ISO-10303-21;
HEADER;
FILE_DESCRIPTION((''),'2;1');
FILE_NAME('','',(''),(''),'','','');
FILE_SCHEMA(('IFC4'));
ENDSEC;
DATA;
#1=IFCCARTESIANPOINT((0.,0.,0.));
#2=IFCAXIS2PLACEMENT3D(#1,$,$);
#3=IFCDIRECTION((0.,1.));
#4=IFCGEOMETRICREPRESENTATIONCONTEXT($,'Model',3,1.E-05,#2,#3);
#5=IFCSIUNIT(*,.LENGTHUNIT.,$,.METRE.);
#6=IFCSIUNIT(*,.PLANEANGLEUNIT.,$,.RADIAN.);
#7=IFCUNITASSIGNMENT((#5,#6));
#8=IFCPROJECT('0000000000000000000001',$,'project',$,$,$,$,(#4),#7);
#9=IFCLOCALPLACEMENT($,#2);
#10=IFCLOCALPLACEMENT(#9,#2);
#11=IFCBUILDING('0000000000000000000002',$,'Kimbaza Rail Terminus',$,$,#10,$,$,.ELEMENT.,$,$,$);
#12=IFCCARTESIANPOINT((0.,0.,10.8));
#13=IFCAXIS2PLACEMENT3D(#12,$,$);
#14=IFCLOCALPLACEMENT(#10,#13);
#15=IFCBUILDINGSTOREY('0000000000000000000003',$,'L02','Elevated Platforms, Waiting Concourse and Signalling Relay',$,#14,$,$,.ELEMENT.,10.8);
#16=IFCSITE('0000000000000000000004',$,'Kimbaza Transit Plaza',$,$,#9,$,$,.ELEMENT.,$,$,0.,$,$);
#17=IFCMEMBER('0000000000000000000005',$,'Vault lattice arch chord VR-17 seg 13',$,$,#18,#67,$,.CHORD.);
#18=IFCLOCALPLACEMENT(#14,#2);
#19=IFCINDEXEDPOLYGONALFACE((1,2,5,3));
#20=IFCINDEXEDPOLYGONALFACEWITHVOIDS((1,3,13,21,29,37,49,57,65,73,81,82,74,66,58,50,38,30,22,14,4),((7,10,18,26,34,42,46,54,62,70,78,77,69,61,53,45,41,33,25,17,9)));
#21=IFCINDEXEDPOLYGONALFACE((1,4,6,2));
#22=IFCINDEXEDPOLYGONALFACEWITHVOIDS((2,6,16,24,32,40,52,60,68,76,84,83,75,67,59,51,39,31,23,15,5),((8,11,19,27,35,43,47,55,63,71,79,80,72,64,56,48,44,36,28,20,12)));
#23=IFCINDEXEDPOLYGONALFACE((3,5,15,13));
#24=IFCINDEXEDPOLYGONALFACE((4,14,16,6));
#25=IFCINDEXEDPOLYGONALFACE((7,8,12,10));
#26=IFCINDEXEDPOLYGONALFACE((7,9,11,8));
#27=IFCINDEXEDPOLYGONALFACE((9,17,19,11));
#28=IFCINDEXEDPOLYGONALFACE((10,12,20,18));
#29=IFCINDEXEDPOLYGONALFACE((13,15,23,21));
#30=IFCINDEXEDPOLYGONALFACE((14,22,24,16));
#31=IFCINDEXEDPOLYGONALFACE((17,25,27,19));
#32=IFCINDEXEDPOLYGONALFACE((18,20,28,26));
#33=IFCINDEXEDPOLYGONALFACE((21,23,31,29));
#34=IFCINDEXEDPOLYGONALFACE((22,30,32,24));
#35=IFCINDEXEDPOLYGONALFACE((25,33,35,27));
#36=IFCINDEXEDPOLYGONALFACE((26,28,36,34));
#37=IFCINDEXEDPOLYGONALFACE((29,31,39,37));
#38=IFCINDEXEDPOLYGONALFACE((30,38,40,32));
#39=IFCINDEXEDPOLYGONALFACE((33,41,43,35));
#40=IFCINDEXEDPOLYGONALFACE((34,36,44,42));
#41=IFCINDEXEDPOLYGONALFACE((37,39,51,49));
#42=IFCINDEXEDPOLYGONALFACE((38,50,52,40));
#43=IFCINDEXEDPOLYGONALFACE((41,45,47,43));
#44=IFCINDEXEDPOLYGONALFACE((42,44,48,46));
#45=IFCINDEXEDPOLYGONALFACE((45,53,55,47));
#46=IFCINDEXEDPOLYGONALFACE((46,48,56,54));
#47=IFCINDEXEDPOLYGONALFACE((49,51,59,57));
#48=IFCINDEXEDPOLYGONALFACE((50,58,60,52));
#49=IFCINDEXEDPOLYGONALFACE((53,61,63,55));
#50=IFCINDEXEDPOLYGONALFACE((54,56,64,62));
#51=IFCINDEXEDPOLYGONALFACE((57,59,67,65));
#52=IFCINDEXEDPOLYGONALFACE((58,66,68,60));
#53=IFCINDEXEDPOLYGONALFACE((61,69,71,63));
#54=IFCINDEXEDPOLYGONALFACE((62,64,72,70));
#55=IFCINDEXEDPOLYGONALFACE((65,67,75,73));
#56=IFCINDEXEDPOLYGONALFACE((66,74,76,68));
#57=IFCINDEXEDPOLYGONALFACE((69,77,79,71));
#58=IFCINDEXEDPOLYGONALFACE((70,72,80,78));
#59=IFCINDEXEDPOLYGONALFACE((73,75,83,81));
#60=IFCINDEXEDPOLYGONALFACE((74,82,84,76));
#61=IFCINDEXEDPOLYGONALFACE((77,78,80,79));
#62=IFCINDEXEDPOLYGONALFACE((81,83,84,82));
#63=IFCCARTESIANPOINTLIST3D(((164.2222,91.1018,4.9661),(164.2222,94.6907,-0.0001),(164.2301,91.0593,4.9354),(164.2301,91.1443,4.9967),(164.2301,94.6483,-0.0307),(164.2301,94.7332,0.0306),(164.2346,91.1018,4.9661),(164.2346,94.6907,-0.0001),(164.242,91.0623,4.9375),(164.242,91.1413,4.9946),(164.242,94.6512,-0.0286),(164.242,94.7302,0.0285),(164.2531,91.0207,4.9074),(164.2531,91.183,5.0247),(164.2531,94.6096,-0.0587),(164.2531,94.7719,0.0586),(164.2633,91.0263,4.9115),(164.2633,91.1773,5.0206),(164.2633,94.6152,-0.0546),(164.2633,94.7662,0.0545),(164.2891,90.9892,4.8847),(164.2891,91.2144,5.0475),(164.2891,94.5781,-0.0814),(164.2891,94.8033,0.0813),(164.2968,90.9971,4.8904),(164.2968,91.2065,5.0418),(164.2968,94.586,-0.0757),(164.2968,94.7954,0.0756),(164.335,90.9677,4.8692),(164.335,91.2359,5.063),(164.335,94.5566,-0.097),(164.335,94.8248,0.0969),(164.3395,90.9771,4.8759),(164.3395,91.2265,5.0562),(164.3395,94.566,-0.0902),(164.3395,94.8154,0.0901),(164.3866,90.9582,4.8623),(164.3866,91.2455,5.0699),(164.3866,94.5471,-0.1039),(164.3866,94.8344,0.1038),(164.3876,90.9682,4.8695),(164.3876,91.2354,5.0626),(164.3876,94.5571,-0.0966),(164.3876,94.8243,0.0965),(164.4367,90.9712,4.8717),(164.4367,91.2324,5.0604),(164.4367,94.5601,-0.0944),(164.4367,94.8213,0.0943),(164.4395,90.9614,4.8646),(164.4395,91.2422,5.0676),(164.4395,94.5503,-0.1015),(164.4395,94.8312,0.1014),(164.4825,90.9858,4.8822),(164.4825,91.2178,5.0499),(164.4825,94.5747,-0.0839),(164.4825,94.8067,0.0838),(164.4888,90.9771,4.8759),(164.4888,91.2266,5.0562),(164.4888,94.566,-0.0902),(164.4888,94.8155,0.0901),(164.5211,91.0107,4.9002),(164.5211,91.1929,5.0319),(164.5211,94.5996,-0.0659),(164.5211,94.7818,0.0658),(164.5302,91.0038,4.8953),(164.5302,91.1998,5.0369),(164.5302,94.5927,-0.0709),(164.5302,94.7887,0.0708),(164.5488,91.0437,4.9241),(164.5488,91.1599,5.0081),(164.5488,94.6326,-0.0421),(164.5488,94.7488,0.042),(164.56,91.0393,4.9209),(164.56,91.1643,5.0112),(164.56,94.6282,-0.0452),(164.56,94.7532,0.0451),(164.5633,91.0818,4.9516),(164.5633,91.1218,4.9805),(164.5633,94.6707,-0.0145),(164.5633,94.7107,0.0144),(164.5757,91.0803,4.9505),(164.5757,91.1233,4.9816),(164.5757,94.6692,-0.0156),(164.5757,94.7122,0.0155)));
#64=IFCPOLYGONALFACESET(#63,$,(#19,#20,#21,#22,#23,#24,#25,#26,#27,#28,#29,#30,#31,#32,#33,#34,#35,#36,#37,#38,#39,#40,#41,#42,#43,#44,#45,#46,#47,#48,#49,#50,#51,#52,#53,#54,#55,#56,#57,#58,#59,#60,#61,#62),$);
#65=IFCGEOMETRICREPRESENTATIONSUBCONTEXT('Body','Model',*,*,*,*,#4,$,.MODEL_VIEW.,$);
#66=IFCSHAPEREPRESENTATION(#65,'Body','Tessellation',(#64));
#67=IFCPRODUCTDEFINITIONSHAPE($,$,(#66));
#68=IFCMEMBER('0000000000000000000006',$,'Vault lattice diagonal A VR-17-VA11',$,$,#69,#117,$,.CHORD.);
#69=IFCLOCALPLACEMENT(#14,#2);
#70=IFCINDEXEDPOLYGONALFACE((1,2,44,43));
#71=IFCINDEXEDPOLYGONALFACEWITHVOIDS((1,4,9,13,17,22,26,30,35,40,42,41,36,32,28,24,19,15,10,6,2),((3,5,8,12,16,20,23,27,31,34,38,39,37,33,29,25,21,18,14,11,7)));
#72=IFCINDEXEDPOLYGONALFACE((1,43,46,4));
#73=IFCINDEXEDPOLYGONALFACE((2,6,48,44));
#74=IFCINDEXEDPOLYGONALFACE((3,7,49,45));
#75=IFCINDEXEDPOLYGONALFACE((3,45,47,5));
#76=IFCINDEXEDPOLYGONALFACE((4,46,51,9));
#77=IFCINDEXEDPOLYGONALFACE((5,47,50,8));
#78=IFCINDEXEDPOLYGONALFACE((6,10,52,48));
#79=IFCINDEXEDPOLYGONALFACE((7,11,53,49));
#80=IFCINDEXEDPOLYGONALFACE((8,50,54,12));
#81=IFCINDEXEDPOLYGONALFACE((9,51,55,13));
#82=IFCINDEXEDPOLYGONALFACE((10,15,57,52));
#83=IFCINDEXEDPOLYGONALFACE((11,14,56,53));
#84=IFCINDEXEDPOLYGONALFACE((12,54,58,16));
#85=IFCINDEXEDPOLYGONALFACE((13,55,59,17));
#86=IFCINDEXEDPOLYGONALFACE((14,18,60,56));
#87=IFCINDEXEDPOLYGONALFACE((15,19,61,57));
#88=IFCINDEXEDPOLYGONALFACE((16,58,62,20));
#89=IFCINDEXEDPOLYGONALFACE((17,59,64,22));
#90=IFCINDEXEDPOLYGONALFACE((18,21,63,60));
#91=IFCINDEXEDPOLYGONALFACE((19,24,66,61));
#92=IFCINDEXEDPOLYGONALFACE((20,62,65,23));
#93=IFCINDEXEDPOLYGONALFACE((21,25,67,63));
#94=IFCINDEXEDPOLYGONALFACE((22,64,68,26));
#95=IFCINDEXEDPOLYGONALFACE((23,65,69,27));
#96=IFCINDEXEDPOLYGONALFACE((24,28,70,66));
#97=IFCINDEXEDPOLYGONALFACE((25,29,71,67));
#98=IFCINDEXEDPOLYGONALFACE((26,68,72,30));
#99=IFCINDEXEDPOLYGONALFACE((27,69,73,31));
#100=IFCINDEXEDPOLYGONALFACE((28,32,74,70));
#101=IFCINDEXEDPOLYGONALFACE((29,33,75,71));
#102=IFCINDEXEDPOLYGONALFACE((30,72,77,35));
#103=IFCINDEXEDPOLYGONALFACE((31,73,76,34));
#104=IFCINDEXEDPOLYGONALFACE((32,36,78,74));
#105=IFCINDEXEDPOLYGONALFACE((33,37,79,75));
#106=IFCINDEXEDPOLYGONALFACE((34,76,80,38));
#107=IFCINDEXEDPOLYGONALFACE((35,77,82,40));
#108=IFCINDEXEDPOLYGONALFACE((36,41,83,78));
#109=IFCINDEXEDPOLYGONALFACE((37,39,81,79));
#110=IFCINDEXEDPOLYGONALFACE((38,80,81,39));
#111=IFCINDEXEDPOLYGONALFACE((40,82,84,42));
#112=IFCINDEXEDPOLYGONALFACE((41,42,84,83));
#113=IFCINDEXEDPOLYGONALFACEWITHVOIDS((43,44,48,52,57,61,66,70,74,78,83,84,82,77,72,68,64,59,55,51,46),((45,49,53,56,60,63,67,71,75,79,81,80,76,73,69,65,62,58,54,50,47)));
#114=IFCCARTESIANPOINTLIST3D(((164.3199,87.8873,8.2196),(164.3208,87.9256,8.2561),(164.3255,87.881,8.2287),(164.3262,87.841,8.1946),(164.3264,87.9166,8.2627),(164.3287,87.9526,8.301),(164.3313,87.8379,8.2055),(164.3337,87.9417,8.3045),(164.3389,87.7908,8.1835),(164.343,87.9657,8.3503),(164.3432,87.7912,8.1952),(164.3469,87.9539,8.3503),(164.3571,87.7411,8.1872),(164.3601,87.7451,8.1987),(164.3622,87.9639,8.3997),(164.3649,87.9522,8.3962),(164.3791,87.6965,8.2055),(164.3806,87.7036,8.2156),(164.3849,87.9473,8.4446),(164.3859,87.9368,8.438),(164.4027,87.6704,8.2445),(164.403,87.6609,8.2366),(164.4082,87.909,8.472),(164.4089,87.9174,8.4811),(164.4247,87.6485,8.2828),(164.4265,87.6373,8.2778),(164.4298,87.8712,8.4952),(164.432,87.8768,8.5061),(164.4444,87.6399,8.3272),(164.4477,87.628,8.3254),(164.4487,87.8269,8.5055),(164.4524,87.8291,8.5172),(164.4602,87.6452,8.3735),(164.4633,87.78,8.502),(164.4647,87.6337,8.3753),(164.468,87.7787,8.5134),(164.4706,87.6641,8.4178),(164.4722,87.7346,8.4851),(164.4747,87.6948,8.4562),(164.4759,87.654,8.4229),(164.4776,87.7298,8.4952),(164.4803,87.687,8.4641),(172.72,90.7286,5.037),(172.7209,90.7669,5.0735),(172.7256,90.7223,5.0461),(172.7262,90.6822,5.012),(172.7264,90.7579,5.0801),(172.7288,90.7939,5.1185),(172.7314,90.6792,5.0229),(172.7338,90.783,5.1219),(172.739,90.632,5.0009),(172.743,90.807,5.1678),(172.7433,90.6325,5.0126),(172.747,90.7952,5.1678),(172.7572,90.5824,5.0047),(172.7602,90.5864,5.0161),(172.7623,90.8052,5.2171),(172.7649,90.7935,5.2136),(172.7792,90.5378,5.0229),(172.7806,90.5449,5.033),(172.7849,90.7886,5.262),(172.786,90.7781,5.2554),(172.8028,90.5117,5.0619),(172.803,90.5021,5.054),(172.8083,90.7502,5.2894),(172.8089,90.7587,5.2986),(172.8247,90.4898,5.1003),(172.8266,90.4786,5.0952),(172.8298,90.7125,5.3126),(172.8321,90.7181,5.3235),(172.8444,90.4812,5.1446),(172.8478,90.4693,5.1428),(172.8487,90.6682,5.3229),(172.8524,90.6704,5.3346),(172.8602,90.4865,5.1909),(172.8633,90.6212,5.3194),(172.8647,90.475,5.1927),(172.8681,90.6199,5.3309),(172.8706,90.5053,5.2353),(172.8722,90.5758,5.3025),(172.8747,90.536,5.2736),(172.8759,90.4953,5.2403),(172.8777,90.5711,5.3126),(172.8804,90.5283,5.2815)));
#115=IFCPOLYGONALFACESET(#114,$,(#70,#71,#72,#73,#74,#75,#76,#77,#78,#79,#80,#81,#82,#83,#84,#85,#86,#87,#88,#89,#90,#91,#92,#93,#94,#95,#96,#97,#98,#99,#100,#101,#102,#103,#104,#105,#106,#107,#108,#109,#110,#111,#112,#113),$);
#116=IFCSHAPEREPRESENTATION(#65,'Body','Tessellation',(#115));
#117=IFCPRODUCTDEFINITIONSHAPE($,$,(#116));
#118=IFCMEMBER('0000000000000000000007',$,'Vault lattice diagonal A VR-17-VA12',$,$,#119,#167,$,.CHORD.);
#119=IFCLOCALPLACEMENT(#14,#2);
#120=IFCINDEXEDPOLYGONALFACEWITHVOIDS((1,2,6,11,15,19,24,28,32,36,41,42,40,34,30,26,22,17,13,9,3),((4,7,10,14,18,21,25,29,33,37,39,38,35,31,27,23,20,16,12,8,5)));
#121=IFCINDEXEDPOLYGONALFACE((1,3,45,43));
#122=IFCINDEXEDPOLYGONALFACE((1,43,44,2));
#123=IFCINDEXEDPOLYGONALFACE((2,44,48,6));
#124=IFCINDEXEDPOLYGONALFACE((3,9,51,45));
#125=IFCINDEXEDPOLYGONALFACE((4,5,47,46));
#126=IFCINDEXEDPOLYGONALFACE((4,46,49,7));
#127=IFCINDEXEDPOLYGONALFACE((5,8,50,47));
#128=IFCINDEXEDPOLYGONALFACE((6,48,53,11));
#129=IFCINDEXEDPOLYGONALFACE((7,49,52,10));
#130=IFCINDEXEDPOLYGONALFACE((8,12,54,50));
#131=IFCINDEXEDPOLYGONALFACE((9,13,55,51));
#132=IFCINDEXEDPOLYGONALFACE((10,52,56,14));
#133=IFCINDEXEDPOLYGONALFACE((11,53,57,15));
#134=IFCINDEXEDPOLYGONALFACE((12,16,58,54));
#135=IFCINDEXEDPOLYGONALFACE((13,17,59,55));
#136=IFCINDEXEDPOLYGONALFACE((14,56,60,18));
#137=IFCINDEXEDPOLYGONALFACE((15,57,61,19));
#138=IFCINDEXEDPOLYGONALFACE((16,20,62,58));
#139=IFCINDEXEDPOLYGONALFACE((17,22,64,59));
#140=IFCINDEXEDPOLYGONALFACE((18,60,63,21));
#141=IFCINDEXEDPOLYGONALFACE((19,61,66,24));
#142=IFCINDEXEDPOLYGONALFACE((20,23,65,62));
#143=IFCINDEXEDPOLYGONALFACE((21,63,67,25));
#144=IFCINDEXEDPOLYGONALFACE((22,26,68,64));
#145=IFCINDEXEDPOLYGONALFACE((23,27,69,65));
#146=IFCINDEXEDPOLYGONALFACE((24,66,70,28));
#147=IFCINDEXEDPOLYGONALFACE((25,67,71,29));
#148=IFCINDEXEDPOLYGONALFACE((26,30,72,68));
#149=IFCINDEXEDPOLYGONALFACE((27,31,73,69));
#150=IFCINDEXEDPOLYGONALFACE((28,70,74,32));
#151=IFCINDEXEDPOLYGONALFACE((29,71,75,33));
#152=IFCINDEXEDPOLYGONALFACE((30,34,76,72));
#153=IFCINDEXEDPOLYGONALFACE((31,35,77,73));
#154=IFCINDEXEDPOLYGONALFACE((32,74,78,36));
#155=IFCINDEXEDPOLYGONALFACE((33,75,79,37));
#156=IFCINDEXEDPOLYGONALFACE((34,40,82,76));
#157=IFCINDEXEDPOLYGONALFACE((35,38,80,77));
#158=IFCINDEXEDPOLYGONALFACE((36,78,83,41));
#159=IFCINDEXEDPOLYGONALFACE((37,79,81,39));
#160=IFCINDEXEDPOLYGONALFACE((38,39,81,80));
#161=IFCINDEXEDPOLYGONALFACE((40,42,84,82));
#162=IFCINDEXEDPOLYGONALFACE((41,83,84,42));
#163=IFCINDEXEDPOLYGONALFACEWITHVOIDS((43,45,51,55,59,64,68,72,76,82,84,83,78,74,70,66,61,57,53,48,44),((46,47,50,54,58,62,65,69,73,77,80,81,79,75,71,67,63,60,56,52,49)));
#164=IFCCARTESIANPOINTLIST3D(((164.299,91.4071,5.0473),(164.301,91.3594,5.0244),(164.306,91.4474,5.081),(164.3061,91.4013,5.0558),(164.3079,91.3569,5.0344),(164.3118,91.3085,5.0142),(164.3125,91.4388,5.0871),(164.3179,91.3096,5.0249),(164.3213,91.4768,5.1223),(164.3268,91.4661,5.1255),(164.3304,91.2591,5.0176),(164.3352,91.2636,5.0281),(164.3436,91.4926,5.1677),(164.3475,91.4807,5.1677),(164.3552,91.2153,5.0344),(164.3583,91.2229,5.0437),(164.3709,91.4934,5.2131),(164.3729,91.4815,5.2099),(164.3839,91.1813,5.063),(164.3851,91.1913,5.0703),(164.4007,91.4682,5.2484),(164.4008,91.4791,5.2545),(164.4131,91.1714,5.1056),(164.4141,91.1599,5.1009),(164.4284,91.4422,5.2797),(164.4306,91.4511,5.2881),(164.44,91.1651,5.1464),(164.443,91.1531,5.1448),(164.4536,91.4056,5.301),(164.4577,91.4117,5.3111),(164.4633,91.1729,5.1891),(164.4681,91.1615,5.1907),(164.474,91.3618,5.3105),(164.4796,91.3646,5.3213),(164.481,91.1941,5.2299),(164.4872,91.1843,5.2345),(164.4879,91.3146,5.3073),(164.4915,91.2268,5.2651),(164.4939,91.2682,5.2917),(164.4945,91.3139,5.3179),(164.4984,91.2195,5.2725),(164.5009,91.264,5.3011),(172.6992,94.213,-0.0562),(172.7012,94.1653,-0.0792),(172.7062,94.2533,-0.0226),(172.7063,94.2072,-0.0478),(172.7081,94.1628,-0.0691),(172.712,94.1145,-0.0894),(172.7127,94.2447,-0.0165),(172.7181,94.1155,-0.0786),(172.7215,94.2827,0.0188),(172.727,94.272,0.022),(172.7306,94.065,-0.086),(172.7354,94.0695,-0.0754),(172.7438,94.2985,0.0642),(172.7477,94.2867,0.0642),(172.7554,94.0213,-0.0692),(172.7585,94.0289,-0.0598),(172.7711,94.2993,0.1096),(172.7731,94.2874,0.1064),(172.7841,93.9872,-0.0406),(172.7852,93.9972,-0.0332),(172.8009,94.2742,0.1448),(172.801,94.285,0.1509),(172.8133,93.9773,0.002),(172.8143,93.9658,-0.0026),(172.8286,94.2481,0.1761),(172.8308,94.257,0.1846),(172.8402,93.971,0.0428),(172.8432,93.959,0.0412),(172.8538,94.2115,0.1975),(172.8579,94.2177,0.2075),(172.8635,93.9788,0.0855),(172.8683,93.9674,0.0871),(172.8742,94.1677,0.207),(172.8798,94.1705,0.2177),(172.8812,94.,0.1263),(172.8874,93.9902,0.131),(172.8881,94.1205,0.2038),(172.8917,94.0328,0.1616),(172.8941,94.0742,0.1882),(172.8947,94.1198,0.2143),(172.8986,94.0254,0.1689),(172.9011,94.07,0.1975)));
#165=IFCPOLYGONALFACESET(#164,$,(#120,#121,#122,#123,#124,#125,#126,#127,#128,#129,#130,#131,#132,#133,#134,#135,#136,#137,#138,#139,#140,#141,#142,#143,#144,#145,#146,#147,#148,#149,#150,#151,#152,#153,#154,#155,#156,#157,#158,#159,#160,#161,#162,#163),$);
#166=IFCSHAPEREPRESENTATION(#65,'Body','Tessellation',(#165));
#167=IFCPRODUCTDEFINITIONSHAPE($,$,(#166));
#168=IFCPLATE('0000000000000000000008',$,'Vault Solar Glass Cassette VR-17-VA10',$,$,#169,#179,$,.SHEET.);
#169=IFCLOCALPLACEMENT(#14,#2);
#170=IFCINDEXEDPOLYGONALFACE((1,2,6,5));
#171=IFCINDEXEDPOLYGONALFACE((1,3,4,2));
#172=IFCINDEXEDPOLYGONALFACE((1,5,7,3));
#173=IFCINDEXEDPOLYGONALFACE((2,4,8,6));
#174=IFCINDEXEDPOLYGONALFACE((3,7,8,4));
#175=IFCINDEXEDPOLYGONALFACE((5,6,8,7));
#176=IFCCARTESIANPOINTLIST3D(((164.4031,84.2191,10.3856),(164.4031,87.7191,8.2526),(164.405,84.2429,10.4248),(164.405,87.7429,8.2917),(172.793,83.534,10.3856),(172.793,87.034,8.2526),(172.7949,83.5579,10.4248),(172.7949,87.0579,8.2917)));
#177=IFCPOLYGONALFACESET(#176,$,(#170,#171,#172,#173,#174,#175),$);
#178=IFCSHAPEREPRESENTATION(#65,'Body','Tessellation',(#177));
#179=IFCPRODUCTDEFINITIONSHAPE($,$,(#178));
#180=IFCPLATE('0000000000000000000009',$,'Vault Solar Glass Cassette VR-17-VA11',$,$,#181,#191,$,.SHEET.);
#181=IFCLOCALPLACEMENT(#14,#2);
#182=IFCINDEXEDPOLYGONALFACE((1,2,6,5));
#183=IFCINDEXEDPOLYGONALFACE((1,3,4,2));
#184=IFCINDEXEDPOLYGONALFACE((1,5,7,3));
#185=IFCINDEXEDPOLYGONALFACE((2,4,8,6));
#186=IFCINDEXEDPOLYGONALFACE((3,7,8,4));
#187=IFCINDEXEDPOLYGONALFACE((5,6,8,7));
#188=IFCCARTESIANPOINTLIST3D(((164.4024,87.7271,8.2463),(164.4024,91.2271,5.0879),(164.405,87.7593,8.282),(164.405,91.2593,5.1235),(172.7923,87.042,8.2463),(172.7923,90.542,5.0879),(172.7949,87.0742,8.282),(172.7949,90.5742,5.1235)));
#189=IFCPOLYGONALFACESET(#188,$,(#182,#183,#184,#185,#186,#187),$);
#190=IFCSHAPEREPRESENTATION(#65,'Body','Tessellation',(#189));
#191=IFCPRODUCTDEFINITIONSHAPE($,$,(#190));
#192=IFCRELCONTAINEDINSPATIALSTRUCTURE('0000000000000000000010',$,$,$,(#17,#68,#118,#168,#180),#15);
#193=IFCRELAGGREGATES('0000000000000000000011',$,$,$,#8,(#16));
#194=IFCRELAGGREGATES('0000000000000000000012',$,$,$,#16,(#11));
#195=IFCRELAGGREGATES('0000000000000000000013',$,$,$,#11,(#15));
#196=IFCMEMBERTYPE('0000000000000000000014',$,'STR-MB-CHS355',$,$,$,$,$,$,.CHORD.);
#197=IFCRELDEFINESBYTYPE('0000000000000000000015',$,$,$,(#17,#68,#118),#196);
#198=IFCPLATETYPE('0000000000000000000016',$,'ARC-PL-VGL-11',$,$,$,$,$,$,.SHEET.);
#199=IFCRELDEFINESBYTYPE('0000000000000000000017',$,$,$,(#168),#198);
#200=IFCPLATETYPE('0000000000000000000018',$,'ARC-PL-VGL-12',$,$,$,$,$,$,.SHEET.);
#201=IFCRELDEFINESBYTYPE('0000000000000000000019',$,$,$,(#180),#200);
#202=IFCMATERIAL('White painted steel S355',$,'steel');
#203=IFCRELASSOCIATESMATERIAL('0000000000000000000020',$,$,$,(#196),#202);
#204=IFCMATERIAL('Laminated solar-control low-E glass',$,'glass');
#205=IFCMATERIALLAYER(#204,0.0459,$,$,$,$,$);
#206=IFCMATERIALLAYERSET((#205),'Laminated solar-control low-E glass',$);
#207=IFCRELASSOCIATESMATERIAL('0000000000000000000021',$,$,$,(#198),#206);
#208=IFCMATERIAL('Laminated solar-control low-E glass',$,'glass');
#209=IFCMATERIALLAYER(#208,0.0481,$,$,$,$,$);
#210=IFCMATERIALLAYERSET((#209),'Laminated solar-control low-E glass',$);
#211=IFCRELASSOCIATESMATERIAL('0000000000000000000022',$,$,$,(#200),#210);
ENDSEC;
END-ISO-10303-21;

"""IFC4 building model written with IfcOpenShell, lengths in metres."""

from ifc_helpers import new_model, si_unit, direction, frame, origin, origin_2d, place, context, subcontext, project, spatial, polyline, hollow_circle, outline, extrude, material, layer, layer_set, material_profile, profile_set, type_object, element, save


model = new_model("IFC4")

# Units and contexts
model_context = context("Model", 3, precision=1e-05, world=origin(), true_north=direction((0.0, 1.0)))
body_context = subcontext(model_context, "Body", "Model", "MODEL_VIEW")
ifc_project = project(units=[si_unit("LENGTHUNIT", "METRE"), si_unit("PLANEANGLEUNIT", "RADIAN")], contexts=[model_context])

# Site, building, storey
site_placement = place(None, origin())
site = spatial("IfcSite", under=ifc_project, at=site_placement, Name="Kimbaza Transit Plaza", CompositionType="ELEMENT", RefElevation=0.0)
building_placement = place(site_placement, origin())
building = spatial("IfcBuilding", under=site, at=building_placement, Name="Kimbaza Rail Terminus", CompositionType="ELEMENT")
storey_placement = place(building_placement, frame((0.0, 0.0, 10.8)))
storey = spatial("IfcBuildingStorey", under=building, at=storey_placement, Name="L02", Description="Elevated Platforms, Waiting Concourse and Signalling Relay", CompositionType="ELEMENT", Elevation=10.8)

# Members
ifc_material_1 = material(Name="White painted steel S355", Category="steel")
ifc_material_profile_1 = material_profile(ifc_material_1, hollow_circle(Radius=0.1777, WallThickness=0.0125, at=origin_2d()), Name="CHS 355.6x12.5")
ifc_profile_set_1 = profile_set([ifc_material_profile_1], Name="White painted steel S355")
member_type_1 = type_object("IfcMemberType", Name="STR-MB-CHS355", PredefinedType="CHORD", material=ifc_profile_set_1)
member_1_placement = place(storey_placement, frame((164.3999, 91.1018, 4.9661), z_axis=(0.0, 0.585733, -0.810504), x_axis=(-1.0, 0.0, 0.0)))
element("IfcMember", 1, at=member_1_placement, inside=storey, type_object=member_type_1, Name="Vault lattice arch chord VR-17 seg 13", PredefinedType="CHORD", context=body_context, shape_type="SweptSolid", body=[
    extrude(hollow_circle(Radius=0.1777, WallThickness=0.0125, at=origin_2d()), origin(), (0.0, 0.0, 1.0), 6.1272),
])
member_2_placement = place(storey_placement, frame((164.3999, 87.7974, 8.3503), z_axis=(0.891594, 0.301577, -0.337804), x_axis=(-0.320412, 0.947278, 0.0)))
element("IfcMember", 2, at=member_2_placement, inside=storey, type_object=member_type_1, Name="Vault lattice diagonal A VR-17-VA11", PredefinedType="CHORD", context=body_context, shape_type="SweptSolid", body=[
    extrude(hollow_circle(Radius=0.1777, WallThickness=0.0125, at=origin_2d()), origin(), (0.0, 0.0, 1.0), 9.4214),
])
member_3_placement = place(storey_placement, frame((164.3999, 91.324, 5.1677), z_axis=(0.821802, 0.274507, -0.499287), x_axis=(-0.316823, 0.948485, 0.0)))
element("IfcMember", 3, at=member_3_placement, inside=storey, type_object=member_type_1, Name="Vault lattice diagonal A VR-17-VA12", PredefinedType="CHORD", context=body_context, shape_type="SweptSolid", body=[
    extrude(hollow_circle(Radius=0.1777, WallThickness=0.0125, at=origin_2d()), origin(), (0.0, 0.0, 1.0), 10.2217),
])

# Plates
ifc_material_2 = material(Name="Laminated solar-control low-E glass", Category="glass")
ifc_layer_1 = layer(ifc_material_2, 0.0459)
ifc_layer_set_1 = layer_set([ifc_layer_1], Name="Laminated solar-control low-E glass")
plate_type_1 = type_object("IfcPlateType", Name="ARC-PL-VGL-11", PredefinedType="SHEET", material=ifc_layer_set_1)
plate_1_placement = place(storey_placement, frame((164.405, 84.2429, 10.4248), z_axis=(0.042455, 0.519944, 0.853144), x_axis=(0.996683, -0.081382, 0.0)))
element("IfcPlate", 4, at=plate_1_placement, inside=storey, type_object=plate_type_1, Name="Vault Solar Glass Cassette VR-17-VA10", PredefinedType="SHEET", context=body_context, shape_type="SweptSolid", body=[
    extrude(outline(polyline([(0.0, 0.0), (8.4178, 0.0), (8.133, 4.0889), (-0.2848, 4.0889), (0.0, 0.0)])), origin(), (0.0, 0.0, -1.0), 0.0459),
])
ifc_material_3 = material(Name="Laminated solar-control low-E glass", Category="glass")
ifc_layer_2 = layer(ifc_material_3, 0.0481)
ifc_layer_set_2 = layer_set([ifc_layer_2], Name="Laminated solar-control low-E glass")
plate_type_2 = type_object("IfcPlateType", Name="ARC-PL-VGL-12", PredefinedType="SHEET", material=ifc_layer_set_2)
plate_2_placement = place(storey_placement, frame((164.405, 87.7593, 8.282), z_axis=(0.054622, 0.668954, 0.741294), x_axis=(0.996683, -0.081382, 0.0)))
element("IfcPlate", 5, at=plate_2_placement, inside=storey, type_object=plate_type_2, Name="Vault Solar Glass Cassette VR-17-VA11", PredefinedType="SHEET", context=body_context, shape_type="SweptSolid", body=[
    extrude(outline(polyline([(0.0, 0.0), (8.4178, 0.0), (8.133, 4.7058), (-0.2848, 4.7058), (0.0, 0.0)])), origin(), (0.0, 0.0, -1.0), 0.0481),
])

save(model, "model.ifc")
